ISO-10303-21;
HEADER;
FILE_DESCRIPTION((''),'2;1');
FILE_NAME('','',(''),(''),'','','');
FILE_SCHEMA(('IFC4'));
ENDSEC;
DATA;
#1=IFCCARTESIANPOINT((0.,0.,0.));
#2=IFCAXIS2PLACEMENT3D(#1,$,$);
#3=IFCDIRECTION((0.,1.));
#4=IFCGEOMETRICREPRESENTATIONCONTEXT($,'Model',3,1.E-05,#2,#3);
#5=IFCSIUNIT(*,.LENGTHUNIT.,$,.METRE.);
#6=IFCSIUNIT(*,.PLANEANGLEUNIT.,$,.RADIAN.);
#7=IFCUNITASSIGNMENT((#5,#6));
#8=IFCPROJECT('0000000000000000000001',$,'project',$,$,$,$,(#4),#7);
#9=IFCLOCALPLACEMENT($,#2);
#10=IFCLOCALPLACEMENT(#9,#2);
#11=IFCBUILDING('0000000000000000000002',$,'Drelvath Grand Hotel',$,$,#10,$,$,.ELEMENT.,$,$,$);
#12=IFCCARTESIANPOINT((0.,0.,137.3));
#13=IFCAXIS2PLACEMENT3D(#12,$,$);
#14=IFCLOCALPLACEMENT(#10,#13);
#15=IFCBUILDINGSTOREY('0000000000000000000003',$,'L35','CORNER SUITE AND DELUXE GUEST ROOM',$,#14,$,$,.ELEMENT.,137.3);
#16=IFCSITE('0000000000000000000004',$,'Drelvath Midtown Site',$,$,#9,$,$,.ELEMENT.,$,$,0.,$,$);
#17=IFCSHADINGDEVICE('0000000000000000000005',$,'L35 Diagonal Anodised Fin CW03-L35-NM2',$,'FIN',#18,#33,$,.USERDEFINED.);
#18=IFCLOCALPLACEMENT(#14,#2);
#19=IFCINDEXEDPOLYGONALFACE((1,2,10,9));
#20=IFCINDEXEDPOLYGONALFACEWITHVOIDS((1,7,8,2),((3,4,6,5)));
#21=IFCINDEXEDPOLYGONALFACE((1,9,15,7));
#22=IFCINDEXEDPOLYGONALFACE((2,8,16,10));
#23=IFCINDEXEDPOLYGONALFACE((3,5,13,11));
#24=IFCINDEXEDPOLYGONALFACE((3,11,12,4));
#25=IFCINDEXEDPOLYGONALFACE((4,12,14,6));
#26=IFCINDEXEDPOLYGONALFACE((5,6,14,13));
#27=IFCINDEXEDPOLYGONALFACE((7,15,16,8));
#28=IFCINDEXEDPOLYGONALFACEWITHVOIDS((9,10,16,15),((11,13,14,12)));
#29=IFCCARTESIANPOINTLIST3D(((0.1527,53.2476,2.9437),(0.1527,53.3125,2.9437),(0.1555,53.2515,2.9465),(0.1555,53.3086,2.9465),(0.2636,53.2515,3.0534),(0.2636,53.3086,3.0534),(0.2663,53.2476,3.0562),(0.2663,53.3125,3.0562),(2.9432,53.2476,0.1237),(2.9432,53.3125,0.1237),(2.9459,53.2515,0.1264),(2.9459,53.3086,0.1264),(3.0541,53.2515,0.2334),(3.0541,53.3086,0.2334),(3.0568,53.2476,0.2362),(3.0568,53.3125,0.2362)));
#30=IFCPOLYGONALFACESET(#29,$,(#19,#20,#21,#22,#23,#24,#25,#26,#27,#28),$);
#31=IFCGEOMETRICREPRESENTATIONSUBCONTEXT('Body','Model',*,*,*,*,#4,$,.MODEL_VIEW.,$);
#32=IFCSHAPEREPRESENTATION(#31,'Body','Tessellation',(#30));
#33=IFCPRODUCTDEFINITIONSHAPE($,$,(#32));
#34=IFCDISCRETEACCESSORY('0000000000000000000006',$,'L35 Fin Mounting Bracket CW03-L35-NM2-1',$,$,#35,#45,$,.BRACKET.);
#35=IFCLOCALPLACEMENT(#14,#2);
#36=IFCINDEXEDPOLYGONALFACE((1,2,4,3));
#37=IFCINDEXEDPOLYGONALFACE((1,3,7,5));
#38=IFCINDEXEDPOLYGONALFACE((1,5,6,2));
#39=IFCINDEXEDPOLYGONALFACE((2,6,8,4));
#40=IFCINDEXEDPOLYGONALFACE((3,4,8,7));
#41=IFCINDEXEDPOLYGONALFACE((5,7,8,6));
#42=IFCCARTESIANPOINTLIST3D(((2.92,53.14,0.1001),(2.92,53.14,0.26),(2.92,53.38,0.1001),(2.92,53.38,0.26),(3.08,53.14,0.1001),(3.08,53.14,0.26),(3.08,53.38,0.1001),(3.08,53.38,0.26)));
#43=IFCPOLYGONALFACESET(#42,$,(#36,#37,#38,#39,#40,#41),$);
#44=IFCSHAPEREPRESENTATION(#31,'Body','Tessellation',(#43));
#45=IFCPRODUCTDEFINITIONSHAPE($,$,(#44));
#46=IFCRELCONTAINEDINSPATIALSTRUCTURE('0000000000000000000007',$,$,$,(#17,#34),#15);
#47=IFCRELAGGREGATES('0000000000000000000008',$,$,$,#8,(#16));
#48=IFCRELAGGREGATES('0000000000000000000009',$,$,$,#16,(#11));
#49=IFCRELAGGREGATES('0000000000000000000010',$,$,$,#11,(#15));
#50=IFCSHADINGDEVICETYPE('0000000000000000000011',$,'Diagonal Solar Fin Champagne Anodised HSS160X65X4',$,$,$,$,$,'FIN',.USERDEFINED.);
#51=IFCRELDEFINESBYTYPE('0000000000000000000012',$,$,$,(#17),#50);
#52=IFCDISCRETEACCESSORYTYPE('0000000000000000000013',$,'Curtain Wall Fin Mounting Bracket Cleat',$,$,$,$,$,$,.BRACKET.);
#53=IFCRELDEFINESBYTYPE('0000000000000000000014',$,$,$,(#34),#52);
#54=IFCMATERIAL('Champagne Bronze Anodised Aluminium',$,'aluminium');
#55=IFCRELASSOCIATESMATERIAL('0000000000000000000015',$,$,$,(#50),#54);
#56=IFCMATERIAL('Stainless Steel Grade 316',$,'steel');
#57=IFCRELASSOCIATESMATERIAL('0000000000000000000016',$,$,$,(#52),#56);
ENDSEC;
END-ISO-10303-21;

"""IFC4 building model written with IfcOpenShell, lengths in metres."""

from ifc_helpers import new_model, si_unit, direction, frame, origin, origin_2d, place, context, subcontext, project, spatial, rectangle, hollow_rectangle, extrude, material, material_profile, profile_set, type_object, element, save


model = new_model("IFC4")

# Units and contexts
model_context = context("Model", 3, precision=1e-05, world=origin(), true_north=direction((0.0, 1.0)))
body_context = subcontext(model_context, "Body", "Model", "MODEL_VIEW")
ifc_project = project(units=[si_unit("LENGTHUNIT", "METRE"), si_unit("PLANEANGLEUNIT", "RADIAN")], contexts=[model_context])

# Site, building, storey
site_placement = place(None, origin())
site = spatial("IfcSite", under=ifc_project, at=site_placement, Name="Drelvath Midtown Site", CompositionType="ELEMENT", RefElevation=0.0)
building_placement = place(site_placement, origin())
building = spatial("IfcBuilding", under=site, at=building_placement, Name="Drelvath Grand Hotel", CompositionType="ELEMENT")
storey_placement = place(building_placement, frame((0.0, 0.0, 137.3)))
storey = spatial("IfcBuildingStorey", under=building, at=storey_placement, Name="L35", Description="CORNER SUITE AND DELUXE GUEST ROOM", CompositionType="ELEMENT", Elevation=137.3)

# Shading device
ifc_material_1 = material(Name="Champagne Bronze Anodised Aluminium", Category="aluminium")
ifc_material_profile_1 = material_profile(ifc_material_1, hollow_rectangle(XDim=0.0649, YDim=0.1599, WallThickness=0.0039, at=origin_2d()), Name="HSS160X65X4")
ifc_profile_set_1 = profile_set([ifc_material_profile_1], Name="Champagne Bronze Anodised Aluminium")
shading_device_type = type_object("IfcShadingDeviceType", Name="Diagonal Solar Fin Champagne Anodised HSS160X65X4", ElementType="FIN", PredefinedType="USERDEFINED", material=ifc_profile_set_1)
shading_device_placement = place(storey_placement, frame((3.0, 53.28, 0.1799), z_axis=(-0.703374, 0.0, 0.71082), x_axis=(0.0, -1.0, 0.0)))
element("IfcShadingDevice", 1, at=shading_device_placement, inside=storey, type_object=shading_device_type, Name="L35 Diagonal Anodised Fin CW03-L35-NM2", ObjectType="FIN", PredefinedType="USERDEFINED", context=body_context, shape_type="SweptSolid", body=[
    extrude(hollow_rectangle(XDim=0.0649, YDim=0.1599, WallThickness=0.0039, at=origin_2d()), origin(), (0.0, 0.0, 1.0), 3.9673),
])

# Discrete accessory
ifc_material_2 = material(Name="Stainless Steel Grade 316", Category="steel")
discrete_accessory_type = type_object("IfcDiscreteAccessoryType", Name="Curtain Wall Fin Mounting Bracket Cleat", PredefinedType="BRACKET", material=ifc_material_2)
discrete_accessory_placement = place(storey_placement, frame((3.0, 53.26, 0.1001), z_axis=(0.0, 0.0, 1.0), x_axis=(1.0, 0.0, 0.0)))
element("IfcDiscreteAccessory", 2, at=discrete_accessory_placement, inside=storey, type_object=discrete_accessory_type, Name="L35 Fin Mounting Bracket CW03-L35-NM2-1", PredefinedType="BRACKET", context=body_context, shape_type="SweptSolid", body=[
    extrude(rectangle(XDim=0.1599, YDim=0.24, at=origin_2d()), origin(), (0.0, 0.0, 1.0), 0.1599),
])

save(model, "model.ifc")
